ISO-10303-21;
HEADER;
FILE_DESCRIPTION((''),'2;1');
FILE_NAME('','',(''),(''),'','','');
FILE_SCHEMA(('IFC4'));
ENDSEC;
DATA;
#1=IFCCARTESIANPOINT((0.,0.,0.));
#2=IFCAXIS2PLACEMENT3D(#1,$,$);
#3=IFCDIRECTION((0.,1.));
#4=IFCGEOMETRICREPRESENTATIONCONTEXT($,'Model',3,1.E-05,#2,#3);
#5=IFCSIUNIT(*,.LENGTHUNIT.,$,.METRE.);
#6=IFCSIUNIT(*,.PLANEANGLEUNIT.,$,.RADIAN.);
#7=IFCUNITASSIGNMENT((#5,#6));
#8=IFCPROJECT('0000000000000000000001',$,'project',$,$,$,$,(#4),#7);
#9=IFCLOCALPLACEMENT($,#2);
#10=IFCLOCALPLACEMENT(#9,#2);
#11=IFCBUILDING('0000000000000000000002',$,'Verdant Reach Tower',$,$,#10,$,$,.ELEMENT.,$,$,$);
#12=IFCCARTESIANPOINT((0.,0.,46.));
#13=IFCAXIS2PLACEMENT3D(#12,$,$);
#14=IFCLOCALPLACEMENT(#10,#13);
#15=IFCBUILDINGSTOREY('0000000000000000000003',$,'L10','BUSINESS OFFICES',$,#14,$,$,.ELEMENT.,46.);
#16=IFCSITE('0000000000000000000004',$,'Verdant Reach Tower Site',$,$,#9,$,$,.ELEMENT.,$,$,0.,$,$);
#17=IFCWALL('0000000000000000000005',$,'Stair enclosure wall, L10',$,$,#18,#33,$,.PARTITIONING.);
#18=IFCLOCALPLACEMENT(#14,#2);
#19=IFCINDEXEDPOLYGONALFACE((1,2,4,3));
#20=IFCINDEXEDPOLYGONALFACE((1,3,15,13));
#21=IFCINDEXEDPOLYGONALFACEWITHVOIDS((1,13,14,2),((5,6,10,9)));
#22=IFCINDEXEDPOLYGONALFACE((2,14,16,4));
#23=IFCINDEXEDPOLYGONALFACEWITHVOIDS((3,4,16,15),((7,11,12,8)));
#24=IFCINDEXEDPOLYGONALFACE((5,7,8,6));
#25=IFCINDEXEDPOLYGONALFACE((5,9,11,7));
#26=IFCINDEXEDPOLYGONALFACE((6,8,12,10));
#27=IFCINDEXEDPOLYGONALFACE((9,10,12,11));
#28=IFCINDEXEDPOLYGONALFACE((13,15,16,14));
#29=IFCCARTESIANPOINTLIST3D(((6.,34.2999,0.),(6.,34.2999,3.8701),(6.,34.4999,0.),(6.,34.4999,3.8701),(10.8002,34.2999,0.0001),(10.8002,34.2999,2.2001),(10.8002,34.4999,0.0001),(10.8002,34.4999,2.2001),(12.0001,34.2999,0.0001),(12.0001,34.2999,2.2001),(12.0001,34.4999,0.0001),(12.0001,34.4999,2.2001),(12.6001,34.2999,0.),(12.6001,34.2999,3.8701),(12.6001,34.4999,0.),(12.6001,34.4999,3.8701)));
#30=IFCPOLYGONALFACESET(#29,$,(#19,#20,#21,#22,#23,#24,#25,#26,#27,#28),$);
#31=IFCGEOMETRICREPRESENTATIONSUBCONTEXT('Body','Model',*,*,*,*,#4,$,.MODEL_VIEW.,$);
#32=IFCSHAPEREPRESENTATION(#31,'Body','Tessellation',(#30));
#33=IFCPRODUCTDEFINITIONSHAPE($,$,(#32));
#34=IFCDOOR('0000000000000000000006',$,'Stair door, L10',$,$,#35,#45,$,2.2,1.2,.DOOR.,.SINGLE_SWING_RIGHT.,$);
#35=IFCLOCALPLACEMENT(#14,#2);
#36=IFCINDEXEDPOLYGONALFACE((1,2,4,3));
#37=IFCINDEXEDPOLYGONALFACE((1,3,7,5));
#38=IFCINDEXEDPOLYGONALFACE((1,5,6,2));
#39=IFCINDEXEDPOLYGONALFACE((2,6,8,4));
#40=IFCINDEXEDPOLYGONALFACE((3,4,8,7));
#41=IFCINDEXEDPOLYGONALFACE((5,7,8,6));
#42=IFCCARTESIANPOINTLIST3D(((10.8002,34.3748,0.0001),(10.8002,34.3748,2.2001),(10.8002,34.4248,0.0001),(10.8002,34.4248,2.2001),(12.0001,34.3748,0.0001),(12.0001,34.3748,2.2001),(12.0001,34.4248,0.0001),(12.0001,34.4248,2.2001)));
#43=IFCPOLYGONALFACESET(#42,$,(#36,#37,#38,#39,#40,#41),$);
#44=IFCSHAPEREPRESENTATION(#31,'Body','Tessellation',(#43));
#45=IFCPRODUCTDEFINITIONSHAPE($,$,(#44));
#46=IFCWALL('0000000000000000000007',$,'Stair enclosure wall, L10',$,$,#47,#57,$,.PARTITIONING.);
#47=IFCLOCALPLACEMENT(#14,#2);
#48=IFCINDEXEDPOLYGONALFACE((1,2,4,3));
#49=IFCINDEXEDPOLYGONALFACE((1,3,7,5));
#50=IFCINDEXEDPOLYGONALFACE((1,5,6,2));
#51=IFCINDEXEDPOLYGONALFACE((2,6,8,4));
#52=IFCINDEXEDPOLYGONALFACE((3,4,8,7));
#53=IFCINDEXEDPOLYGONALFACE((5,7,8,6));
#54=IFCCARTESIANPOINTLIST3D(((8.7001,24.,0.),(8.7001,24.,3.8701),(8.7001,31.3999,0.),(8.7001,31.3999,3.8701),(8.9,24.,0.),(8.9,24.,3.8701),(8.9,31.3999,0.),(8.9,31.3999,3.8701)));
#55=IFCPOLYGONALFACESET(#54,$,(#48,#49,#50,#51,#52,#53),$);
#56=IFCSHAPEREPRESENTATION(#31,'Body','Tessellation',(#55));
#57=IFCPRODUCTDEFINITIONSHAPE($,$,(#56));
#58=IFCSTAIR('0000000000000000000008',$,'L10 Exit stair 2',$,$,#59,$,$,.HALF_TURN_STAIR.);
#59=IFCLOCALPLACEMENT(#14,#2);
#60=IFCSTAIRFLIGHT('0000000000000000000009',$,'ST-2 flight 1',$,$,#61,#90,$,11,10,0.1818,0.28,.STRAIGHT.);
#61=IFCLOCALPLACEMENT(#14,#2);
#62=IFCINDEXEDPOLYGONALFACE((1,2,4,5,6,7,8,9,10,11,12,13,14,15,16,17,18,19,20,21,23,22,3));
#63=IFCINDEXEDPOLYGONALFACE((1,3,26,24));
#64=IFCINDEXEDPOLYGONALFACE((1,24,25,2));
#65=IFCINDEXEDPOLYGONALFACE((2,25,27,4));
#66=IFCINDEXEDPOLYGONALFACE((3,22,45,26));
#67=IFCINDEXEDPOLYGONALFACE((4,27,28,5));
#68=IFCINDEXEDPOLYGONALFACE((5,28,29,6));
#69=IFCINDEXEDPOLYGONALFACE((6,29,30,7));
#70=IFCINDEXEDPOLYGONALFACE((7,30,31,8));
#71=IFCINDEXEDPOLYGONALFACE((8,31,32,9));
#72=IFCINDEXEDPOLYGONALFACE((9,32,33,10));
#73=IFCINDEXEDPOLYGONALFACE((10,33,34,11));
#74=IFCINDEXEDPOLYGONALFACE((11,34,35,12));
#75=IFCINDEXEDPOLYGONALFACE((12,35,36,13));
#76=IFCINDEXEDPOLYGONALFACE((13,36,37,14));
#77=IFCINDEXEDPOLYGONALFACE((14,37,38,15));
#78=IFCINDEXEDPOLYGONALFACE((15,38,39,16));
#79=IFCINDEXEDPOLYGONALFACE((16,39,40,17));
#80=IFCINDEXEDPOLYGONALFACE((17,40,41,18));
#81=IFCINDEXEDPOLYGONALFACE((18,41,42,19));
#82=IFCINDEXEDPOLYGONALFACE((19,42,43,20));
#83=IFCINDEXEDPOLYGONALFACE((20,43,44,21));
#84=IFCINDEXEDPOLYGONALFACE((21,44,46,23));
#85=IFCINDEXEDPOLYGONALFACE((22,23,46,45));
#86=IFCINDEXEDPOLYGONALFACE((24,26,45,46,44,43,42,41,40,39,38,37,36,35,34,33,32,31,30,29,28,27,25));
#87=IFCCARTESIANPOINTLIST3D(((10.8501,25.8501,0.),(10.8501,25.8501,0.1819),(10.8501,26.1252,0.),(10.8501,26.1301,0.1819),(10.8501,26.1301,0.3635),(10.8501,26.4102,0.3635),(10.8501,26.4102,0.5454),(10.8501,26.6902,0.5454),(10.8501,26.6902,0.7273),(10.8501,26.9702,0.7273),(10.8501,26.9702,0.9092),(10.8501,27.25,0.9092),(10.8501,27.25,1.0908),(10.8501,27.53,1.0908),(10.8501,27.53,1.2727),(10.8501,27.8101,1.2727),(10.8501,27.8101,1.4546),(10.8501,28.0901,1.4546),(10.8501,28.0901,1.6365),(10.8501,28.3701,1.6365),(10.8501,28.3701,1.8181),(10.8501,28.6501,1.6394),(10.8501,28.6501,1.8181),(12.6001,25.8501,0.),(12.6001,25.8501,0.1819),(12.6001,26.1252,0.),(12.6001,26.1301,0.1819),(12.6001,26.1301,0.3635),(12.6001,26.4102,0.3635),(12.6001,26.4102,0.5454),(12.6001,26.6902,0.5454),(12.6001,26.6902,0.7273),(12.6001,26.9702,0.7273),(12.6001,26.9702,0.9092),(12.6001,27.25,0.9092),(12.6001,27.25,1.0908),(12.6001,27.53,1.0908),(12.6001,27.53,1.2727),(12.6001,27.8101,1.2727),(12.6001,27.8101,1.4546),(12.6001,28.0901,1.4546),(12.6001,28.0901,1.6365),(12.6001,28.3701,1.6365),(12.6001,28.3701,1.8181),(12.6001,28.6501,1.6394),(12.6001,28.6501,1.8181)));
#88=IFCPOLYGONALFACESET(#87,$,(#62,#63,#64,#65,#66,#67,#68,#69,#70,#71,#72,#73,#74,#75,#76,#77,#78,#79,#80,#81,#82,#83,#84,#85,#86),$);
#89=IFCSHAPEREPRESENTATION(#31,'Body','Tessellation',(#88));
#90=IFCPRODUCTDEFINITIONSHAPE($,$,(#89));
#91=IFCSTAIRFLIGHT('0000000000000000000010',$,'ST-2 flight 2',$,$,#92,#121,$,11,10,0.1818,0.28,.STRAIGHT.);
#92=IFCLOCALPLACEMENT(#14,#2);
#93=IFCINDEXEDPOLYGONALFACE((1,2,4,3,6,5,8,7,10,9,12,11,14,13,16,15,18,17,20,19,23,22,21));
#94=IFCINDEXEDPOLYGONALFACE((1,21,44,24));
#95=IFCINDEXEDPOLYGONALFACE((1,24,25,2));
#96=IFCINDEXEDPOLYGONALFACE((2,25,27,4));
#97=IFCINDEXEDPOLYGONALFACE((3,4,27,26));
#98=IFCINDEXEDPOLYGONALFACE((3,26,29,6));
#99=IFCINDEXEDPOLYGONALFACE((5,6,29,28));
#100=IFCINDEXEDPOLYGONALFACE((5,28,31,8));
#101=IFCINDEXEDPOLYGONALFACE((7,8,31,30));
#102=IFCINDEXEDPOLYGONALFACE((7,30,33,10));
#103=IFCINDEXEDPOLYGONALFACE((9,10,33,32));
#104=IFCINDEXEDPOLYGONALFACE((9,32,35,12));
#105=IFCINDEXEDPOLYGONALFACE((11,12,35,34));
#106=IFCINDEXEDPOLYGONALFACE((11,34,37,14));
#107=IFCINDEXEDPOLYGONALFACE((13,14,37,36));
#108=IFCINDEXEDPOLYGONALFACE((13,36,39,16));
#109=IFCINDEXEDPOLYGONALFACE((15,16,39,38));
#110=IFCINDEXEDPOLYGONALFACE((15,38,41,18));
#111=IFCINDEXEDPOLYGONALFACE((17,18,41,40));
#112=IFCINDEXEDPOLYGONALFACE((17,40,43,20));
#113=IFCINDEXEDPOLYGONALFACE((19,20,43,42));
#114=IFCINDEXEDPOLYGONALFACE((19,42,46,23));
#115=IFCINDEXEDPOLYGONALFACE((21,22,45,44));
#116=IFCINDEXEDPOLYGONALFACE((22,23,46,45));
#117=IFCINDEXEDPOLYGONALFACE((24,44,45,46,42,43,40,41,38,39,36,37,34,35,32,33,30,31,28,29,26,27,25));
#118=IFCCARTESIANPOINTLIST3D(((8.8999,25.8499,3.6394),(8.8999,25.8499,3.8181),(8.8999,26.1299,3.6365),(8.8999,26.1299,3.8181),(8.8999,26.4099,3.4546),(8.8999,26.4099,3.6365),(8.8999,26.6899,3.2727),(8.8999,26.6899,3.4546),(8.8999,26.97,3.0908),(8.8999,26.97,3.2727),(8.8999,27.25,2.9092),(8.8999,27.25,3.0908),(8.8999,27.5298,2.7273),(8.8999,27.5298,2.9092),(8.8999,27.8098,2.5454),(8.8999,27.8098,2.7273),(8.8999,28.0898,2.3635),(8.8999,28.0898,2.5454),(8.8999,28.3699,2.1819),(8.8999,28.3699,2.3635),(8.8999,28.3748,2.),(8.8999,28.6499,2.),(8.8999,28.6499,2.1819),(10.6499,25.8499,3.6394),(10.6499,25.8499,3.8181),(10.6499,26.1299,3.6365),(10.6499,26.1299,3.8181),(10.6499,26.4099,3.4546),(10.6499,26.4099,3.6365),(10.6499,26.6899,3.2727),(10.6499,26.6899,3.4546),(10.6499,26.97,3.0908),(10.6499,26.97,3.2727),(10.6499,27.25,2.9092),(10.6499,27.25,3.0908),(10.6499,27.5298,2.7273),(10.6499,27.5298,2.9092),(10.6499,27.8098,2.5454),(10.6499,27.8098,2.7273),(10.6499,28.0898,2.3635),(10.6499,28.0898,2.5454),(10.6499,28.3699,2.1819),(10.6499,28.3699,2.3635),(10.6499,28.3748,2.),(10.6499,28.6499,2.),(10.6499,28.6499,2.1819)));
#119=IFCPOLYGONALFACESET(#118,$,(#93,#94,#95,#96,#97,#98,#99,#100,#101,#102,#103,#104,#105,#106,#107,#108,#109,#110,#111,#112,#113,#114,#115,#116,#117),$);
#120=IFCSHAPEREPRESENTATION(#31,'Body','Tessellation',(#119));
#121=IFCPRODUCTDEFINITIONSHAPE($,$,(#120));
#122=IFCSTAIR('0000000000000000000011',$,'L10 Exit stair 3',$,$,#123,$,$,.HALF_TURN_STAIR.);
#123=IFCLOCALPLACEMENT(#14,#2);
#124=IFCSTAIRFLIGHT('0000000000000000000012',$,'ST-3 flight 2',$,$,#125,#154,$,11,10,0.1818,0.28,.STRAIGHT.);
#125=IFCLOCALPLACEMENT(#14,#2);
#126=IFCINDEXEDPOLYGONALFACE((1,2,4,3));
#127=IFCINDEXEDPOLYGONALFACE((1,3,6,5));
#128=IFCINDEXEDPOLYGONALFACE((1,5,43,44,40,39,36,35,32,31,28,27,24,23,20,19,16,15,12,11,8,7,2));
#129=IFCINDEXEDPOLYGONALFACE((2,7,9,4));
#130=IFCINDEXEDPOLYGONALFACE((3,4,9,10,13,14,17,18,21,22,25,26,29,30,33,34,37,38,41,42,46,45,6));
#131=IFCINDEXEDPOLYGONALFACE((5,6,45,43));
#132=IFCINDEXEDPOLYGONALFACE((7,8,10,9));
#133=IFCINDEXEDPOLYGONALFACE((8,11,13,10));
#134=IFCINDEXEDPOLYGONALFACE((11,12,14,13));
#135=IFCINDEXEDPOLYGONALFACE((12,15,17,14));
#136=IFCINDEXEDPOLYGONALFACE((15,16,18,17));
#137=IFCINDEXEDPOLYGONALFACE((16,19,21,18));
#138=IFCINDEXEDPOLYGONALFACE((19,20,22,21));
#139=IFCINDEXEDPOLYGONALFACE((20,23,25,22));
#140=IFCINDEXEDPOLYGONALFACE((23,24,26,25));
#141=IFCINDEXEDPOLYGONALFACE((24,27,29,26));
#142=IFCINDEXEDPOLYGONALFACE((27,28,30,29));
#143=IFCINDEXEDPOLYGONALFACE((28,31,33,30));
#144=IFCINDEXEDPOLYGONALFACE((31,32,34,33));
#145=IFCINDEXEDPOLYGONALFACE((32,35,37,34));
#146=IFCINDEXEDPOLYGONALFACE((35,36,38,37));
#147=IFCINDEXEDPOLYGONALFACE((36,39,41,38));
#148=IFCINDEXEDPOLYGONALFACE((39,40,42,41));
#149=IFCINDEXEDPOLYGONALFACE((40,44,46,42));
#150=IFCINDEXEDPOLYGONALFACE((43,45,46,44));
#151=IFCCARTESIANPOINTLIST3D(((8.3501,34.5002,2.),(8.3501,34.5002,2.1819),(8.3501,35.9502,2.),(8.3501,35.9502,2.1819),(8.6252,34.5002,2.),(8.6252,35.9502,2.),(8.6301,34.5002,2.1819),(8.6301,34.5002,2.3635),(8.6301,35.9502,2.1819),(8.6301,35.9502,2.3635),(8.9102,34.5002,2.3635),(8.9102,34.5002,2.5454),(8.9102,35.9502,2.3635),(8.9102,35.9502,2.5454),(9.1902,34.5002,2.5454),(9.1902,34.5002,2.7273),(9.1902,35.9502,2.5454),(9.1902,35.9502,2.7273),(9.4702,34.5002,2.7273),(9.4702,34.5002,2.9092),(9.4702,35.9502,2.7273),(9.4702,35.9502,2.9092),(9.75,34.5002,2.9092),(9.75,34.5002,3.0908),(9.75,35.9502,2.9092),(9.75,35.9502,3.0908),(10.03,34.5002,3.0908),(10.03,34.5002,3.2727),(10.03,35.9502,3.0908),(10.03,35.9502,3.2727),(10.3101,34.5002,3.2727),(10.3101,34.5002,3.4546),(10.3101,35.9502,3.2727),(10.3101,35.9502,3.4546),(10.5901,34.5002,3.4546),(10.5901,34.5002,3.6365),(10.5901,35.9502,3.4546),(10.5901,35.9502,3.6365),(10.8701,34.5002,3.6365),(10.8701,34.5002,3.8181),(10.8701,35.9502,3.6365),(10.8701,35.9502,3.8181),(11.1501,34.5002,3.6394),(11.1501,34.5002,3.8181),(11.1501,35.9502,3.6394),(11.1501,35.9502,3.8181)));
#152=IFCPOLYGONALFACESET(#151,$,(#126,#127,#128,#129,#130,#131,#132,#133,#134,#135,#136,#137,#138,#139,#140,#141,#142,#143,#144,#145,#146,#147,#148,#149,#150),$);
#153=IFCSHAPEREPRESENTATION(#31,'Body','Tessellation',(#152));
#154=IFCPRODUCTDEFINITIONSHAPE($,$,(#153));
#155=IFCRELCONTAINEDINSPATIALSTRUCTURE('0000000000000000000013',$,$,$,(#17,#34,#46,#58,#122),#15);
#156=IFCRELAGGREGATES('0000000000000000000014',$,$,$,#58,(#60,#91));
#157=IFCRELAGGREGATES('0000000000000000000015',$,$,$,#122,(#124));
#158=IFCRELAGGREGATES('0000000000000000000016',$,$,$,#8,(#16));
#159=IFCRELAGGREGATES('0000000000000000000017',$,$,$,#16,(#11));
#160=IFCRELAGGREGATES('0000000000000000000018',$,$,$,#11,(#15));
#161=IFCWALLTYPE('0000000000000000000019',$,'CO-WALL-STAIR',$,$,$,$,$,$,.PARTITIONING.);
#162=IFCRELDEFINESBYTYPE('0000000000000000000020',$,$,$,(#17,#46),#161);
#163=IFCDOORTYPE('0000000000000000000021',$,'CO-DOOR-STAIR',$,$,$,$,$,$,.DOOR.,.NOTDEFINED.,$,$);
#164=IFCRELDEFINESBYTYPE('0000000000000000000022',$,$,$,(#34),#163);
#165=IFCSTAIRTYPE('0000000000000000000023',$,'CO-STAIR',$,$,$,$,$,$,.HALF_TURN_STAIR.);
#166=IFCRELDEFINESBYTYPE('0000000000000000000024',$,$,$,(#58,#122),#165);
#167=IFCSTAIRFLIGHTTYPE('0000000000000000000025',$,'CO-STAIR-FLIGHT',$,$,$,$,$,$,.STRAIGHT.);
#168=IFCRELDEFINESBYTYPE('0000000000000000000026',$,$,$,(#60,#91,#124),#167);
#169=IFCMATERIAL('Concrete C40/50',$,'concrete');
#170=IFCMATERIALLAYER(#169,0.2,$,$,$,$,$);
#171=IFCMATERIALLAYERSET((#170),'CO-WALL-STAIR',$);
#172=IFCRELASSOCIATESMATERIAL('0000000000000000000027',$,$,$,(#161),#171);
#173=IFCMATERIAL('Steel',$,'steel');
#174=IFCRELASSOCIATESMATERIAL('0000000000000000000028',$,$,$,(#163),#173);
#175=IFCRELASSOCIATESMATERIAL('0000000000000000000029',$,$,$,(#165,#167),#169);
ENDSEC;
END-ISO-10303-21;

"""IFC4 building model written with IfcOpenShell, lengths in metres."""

from ifc_helpers import new_model, si_unit, direction, frame, frame_2d, origin, place, context, subcontext, project, spatial, polyline, rectangle, outline, extrude, material, layer, layer_set, type_object, element, fill, aggregate, save


model = new_model("IFC4")

# Units and contexts
model_context = context("Model", 3, precision=1e-05, world=origin(), true_north=direction((0.0, 1.0)))
body_context = subcontext(model_context, "Body", "Model", "MODEL_VIEW")
ifc_project = project(units=[si_unit("LENGTHUNIT", "METRE"), si_unit("PLANEANGLEUNIT", "RADIAN")], contexts=[model_context])

# Site, building, storey
site_placement = place(None, origin())
site = spatial("IfcSite", under=ifc_project, at=site_placement, Name="Verdant Reach Tower Site", CompositionType="ELEMENT", RefElevation=0.0)
building_placement = place(site_placement, origin())
building = spatial("IfcBuilding", under=site, at=building_placement, Name="Verdant Reach Tower", CompositionType="ELEMENT")
storey_placement = place(building_placement, frame((0.0, 0.0, 46.0)))
storey = spatial("IfcBuildingStorey", under=building, at=storey_placement, Name="L10", Description="BUSINESS OFFICES", CompositionType="ELEMENT", Elevation=46.0)

# Shared definitions
ifc_material_1 = material(Name="Concrete C40/50", Category="concrete")

# Shared definitions
ifc_layer_1 = layer(ifc_material_1, 0.2)
ifc_layer_set_1 = layer_set([ifc_layer_1], Name="CO-WALL-STAIR")
wall_type_1 = type_object("IfcWallType", Name="CO-WALL-STAIR", PredefinedType="PARTITIONING", material=ifc_layer_set_1)
ifc_material_2 = material(Name="Steel", Category="steel")
door_type_1 = type_object("IfcDoorType", Name="CO-DOOR-STAIR", OperationType="NOTDEFINED", PredefinedType="DOOR", material=ifc_material_2)

# Wall, opening, door
wall_1_placement = place(storey_placement, frame((6.0, 34.3999, 0.0), z_axis=(0.0, 0.0, 1.0), x_axis=(1.0, 0.0, 0.0)))
wall_1 = element("IfcWall", 1, at=wall_1_placement, inside=storey, type_object=wall_type_1, Name="Stair enclosure wall, L10", PredefinedType="PARTITIONING", context=body_context, shape_type="SweptSolid", body=[
    extrude(rectangle(XDim=6.6001, YDim=0.2, at=frame_2d((3.3, 0.0))), origin(), (0.0, 0.0, 1.0), 3.8701),
])
opening_1_placement = place(wall_1_placement, frame((4.8, 0.0, 0.0)))
opening_1 = element("IfcOpeningElement", 2, at=opening_1_placement, cuts=wall_1, PredefinedType="OPENING", context=body_context, shape_type="SweptSolid", body=[
    extrude(rectangle(XDim=1.2, YDim=2.2, at=frame_2d((0.6001, 1.1001))), frame((0.0, 0.1099, 0.0), z_axis=(0.0, -1.0, 0.0), x_axis=(1.0, 0.0, 0.0)), (0.0, 0.0, 1.0), 0.22),
])
door_1_placement = place(opening_1_placement, origin())
door_1 = element("IfcDoor", 3, at=door_1_placement, inside=storey, type_object=door_type_1, Name="Stair door, L10", OperationType="SINGLE_SWING_RIGHT", OverallHeight=2.2, OverallWidth=1.2, PredefinedType="DOOR", context=body_context, shape_type="SweptSolid", body=[
    extrude(rectangle(XDim=1.2, YDim=2.2, at=frame_2d((0.6001, 1.1001))), frame((0.0, 0.0249, 0.0), z_axis=(0.0, -1.0, 0.0), x_axis=(1.0, 0.0, 0.0)), (0.0, 0.0, 1.0), 0.05),
])
fill(opening_1, door_1)

# Wall
wall_2_placement = place(storey_placement, frame((8.8, 24.0, 0.0), z_axis=(0.0, 0.0, 1.0), x_axis=(0.0, 1.0, 0.0)))
element("IfcWall", 4, at=wall_2_placement, inside=storey, type_object=wall_type_1, Name="Stair enclosure wall, L10", PredefinedType="PARTITIONING", context=body_context, shape_type="SweptSolid", body=[
    extrude(rectangle(XDim=7.3999, YDim=0.2, at=frame_2d((3.7, 0.0))), origin(), (0.0, 0.0, 1.0), 3.8701),
])

# Stair, stair flights
stair_type = type_object("IfcStairType", Name="CO-STAIR", PredefinedType="HALF_TURN_STAIR", material=ifc_material_1)
stair_1_placement = place(storey_placement, origin())
stair_1 = element("IfcStair", 5, at=stair_1_placement, inside=storey, type_object=stair_type, Name="L10 Exit stair 2", PredefinedType="HALF_TURN_STAIR")
stair_flight_type = type_object("IfcStairFlightType", Name="CO-STAIR-FLIGHT", PredefinedType="STRAIGHT", material=ifc_material_1)
stair_flight_1_placement = place(storey_placement, frame((11.7251, 25.8501, 0.0), z_axis=(0.0, 0.0, 1.0), x_axis=(0.0, 1.0, 0.0)))
stair_flight_1 = element("IfcStairFlight", 6, at=stair_flight_1_placement, type_object=stair_flight_type, Name="ST-2 flight 1", NumberOfRisers=11, NumberOfTreads=10, PredefinedType="STRAIGHT", RiserHeight=0.1818, TreadLength=0.28, context=body_context, shape_type="SweptSolid", body=[
    extrude(outline(polyline([(0.0, 0.0), (0.0, 0.1819), (0.28, 0.1819), (0.28, 0.3635), (0.5601, 0.3635), (0.5601, 0.5454), (0.8401, 0.5454), (0.8401, 0.7273), (1.1201, 0.7273), (1.1201, 0.9092), (1.3999, 0.9092), (1.3999, 1.0908), (1.6799, 1.0908), (1.6799, 1.2727), (1.96, 1.2727), (1.96, 1.4546), (2.24, 1.4546), (2.24, 1.6365), (2.52, 1.6365), (2.52, 1.8181), (2.8, 1.8181), (2.8, 2.0), (2.8, 1.6394), (0.2751, 0.0), (0.0, 0.0)])), frame((0.0, 0.875, 0.0), z_axis=(0.0, -1.0, 0.0), x_axis=(1.0, 0.0, 0.0)), (0.0, 0.0, 1.0), 1.75),
])
stair_flight_2_placement = place(storey_placement, frame((9.7749, 28.6499, 2.0), z_axis=(0.0, 0.0, 1.0), x_axis=(0.0, -1.0, 0.0)))
stair_flight_2 = element("IfcStairFlight", 7, at=stair_flight_2_placement, type_object=stair_flight_type, Name="ST-2 flight 2", NumberOfRisers=11, NumberOfTreads=10, PredefinedType="STRAIGHT", RiserHeight=0.1818, TreadLength=0.28, context=body_context, shape_type="SweptSolid", body=[
    extrude(outline(polyline([(0.0, 0.0), (0.0, 0.1819), (0.28, 0.1819), (0.28, 0.3635), (0.5601, 0.3635), (0.5601, 0.5454), (0.8401, 0.5454), (0.8401, 0.7273), (1.1201, 0.7273), (1.1201, 0.9092), (1.3999, 0.9092), (1.3999, 1.0908), (1.6799, 1.0908), (1.6799, 1.2727), (1.96, 1.2727), (1.96, 1.4546), (2.24, 1.4546), (2.24, 1.6365), (2.52, 1.6365), (2.52, 1.8181), (2.8, 1.8181), (2.8, 2.0), (2.8, 1.6394), (0.2751, 0.0), (0.0, 0.0)])), frame((0.0, 0.875, 0.0), z_axis=(0.0, -1.0, 0.0), x_axis=(1.0, 0.0, 0.0)), (0.0, 0.0, 1.0), 1.75),
])
aggregate(stair_1, [stair_flight_1, stair_flight_2])

# Stair, stair flight
stair_2_placement = place(storey_placement, origin())
stair_2 = element("IfcStair", 8, at=stair_2_placement, inside=storey, type_object=stair_type, Name="L10 Exit stair 3", PredefinedType="HALF_TURN_STAIR")
stair_flight_3_placement = place(storey_placement, frame((8.3501, 35.2251, 2.0), z_axis=(0.0, 0.0, 1.0), x_axis=(1.0, 0.0, 0.0)))
stair_flight_3 = element("IfcStairFlight", 9, at=stair_flight_3_placement, type_object=stair_flight_type, Name="ST-3 flight 2", NumberOfRisers=11, NumberOfTreads=10, PredefinedType="STRAIGHT", RiserHeight=0.1818, TreadLength=0.28, context=body_context, shape_type="SweptSolid", body=[
    extrude(outline(polyline([(0.0, 0.0), (0.0, 0.1819), (0.28, 0.1819), (0.28, 0.3635), (0.5601, 0.3635), (0.5601, 0.5454), (0.8401, 0.5454), (0.8401, 0.7273), (1.1201, 0.7273), (1.1201, 0.9092), (1.3999, 0.9092), (1.3999, 1.0908), (1.6799, 1.0908), (1.6799, 1.2727), (1.96, 1.2727), (1.96, 1.4546), (2.24, 1.4546), (2.24, 1.6365), (2.52, 1.6365), (2.52, 1.8181), (2.8, 1.8181), (2.8, 2.0), (2.8, 1.6394), (0.2751, 0.0), (0.0, 0.0)])), frame((0.0, 0.7251, 0.0), z_axis=(0.0, -1.0, 0.0), x_axis=(1.0, 0.0, 0.0)), (0.0, 0.0, 1.0), 1.45),
])
aggregate(stair_2, [stair_flight_3])

save(model, "model.ifc")
